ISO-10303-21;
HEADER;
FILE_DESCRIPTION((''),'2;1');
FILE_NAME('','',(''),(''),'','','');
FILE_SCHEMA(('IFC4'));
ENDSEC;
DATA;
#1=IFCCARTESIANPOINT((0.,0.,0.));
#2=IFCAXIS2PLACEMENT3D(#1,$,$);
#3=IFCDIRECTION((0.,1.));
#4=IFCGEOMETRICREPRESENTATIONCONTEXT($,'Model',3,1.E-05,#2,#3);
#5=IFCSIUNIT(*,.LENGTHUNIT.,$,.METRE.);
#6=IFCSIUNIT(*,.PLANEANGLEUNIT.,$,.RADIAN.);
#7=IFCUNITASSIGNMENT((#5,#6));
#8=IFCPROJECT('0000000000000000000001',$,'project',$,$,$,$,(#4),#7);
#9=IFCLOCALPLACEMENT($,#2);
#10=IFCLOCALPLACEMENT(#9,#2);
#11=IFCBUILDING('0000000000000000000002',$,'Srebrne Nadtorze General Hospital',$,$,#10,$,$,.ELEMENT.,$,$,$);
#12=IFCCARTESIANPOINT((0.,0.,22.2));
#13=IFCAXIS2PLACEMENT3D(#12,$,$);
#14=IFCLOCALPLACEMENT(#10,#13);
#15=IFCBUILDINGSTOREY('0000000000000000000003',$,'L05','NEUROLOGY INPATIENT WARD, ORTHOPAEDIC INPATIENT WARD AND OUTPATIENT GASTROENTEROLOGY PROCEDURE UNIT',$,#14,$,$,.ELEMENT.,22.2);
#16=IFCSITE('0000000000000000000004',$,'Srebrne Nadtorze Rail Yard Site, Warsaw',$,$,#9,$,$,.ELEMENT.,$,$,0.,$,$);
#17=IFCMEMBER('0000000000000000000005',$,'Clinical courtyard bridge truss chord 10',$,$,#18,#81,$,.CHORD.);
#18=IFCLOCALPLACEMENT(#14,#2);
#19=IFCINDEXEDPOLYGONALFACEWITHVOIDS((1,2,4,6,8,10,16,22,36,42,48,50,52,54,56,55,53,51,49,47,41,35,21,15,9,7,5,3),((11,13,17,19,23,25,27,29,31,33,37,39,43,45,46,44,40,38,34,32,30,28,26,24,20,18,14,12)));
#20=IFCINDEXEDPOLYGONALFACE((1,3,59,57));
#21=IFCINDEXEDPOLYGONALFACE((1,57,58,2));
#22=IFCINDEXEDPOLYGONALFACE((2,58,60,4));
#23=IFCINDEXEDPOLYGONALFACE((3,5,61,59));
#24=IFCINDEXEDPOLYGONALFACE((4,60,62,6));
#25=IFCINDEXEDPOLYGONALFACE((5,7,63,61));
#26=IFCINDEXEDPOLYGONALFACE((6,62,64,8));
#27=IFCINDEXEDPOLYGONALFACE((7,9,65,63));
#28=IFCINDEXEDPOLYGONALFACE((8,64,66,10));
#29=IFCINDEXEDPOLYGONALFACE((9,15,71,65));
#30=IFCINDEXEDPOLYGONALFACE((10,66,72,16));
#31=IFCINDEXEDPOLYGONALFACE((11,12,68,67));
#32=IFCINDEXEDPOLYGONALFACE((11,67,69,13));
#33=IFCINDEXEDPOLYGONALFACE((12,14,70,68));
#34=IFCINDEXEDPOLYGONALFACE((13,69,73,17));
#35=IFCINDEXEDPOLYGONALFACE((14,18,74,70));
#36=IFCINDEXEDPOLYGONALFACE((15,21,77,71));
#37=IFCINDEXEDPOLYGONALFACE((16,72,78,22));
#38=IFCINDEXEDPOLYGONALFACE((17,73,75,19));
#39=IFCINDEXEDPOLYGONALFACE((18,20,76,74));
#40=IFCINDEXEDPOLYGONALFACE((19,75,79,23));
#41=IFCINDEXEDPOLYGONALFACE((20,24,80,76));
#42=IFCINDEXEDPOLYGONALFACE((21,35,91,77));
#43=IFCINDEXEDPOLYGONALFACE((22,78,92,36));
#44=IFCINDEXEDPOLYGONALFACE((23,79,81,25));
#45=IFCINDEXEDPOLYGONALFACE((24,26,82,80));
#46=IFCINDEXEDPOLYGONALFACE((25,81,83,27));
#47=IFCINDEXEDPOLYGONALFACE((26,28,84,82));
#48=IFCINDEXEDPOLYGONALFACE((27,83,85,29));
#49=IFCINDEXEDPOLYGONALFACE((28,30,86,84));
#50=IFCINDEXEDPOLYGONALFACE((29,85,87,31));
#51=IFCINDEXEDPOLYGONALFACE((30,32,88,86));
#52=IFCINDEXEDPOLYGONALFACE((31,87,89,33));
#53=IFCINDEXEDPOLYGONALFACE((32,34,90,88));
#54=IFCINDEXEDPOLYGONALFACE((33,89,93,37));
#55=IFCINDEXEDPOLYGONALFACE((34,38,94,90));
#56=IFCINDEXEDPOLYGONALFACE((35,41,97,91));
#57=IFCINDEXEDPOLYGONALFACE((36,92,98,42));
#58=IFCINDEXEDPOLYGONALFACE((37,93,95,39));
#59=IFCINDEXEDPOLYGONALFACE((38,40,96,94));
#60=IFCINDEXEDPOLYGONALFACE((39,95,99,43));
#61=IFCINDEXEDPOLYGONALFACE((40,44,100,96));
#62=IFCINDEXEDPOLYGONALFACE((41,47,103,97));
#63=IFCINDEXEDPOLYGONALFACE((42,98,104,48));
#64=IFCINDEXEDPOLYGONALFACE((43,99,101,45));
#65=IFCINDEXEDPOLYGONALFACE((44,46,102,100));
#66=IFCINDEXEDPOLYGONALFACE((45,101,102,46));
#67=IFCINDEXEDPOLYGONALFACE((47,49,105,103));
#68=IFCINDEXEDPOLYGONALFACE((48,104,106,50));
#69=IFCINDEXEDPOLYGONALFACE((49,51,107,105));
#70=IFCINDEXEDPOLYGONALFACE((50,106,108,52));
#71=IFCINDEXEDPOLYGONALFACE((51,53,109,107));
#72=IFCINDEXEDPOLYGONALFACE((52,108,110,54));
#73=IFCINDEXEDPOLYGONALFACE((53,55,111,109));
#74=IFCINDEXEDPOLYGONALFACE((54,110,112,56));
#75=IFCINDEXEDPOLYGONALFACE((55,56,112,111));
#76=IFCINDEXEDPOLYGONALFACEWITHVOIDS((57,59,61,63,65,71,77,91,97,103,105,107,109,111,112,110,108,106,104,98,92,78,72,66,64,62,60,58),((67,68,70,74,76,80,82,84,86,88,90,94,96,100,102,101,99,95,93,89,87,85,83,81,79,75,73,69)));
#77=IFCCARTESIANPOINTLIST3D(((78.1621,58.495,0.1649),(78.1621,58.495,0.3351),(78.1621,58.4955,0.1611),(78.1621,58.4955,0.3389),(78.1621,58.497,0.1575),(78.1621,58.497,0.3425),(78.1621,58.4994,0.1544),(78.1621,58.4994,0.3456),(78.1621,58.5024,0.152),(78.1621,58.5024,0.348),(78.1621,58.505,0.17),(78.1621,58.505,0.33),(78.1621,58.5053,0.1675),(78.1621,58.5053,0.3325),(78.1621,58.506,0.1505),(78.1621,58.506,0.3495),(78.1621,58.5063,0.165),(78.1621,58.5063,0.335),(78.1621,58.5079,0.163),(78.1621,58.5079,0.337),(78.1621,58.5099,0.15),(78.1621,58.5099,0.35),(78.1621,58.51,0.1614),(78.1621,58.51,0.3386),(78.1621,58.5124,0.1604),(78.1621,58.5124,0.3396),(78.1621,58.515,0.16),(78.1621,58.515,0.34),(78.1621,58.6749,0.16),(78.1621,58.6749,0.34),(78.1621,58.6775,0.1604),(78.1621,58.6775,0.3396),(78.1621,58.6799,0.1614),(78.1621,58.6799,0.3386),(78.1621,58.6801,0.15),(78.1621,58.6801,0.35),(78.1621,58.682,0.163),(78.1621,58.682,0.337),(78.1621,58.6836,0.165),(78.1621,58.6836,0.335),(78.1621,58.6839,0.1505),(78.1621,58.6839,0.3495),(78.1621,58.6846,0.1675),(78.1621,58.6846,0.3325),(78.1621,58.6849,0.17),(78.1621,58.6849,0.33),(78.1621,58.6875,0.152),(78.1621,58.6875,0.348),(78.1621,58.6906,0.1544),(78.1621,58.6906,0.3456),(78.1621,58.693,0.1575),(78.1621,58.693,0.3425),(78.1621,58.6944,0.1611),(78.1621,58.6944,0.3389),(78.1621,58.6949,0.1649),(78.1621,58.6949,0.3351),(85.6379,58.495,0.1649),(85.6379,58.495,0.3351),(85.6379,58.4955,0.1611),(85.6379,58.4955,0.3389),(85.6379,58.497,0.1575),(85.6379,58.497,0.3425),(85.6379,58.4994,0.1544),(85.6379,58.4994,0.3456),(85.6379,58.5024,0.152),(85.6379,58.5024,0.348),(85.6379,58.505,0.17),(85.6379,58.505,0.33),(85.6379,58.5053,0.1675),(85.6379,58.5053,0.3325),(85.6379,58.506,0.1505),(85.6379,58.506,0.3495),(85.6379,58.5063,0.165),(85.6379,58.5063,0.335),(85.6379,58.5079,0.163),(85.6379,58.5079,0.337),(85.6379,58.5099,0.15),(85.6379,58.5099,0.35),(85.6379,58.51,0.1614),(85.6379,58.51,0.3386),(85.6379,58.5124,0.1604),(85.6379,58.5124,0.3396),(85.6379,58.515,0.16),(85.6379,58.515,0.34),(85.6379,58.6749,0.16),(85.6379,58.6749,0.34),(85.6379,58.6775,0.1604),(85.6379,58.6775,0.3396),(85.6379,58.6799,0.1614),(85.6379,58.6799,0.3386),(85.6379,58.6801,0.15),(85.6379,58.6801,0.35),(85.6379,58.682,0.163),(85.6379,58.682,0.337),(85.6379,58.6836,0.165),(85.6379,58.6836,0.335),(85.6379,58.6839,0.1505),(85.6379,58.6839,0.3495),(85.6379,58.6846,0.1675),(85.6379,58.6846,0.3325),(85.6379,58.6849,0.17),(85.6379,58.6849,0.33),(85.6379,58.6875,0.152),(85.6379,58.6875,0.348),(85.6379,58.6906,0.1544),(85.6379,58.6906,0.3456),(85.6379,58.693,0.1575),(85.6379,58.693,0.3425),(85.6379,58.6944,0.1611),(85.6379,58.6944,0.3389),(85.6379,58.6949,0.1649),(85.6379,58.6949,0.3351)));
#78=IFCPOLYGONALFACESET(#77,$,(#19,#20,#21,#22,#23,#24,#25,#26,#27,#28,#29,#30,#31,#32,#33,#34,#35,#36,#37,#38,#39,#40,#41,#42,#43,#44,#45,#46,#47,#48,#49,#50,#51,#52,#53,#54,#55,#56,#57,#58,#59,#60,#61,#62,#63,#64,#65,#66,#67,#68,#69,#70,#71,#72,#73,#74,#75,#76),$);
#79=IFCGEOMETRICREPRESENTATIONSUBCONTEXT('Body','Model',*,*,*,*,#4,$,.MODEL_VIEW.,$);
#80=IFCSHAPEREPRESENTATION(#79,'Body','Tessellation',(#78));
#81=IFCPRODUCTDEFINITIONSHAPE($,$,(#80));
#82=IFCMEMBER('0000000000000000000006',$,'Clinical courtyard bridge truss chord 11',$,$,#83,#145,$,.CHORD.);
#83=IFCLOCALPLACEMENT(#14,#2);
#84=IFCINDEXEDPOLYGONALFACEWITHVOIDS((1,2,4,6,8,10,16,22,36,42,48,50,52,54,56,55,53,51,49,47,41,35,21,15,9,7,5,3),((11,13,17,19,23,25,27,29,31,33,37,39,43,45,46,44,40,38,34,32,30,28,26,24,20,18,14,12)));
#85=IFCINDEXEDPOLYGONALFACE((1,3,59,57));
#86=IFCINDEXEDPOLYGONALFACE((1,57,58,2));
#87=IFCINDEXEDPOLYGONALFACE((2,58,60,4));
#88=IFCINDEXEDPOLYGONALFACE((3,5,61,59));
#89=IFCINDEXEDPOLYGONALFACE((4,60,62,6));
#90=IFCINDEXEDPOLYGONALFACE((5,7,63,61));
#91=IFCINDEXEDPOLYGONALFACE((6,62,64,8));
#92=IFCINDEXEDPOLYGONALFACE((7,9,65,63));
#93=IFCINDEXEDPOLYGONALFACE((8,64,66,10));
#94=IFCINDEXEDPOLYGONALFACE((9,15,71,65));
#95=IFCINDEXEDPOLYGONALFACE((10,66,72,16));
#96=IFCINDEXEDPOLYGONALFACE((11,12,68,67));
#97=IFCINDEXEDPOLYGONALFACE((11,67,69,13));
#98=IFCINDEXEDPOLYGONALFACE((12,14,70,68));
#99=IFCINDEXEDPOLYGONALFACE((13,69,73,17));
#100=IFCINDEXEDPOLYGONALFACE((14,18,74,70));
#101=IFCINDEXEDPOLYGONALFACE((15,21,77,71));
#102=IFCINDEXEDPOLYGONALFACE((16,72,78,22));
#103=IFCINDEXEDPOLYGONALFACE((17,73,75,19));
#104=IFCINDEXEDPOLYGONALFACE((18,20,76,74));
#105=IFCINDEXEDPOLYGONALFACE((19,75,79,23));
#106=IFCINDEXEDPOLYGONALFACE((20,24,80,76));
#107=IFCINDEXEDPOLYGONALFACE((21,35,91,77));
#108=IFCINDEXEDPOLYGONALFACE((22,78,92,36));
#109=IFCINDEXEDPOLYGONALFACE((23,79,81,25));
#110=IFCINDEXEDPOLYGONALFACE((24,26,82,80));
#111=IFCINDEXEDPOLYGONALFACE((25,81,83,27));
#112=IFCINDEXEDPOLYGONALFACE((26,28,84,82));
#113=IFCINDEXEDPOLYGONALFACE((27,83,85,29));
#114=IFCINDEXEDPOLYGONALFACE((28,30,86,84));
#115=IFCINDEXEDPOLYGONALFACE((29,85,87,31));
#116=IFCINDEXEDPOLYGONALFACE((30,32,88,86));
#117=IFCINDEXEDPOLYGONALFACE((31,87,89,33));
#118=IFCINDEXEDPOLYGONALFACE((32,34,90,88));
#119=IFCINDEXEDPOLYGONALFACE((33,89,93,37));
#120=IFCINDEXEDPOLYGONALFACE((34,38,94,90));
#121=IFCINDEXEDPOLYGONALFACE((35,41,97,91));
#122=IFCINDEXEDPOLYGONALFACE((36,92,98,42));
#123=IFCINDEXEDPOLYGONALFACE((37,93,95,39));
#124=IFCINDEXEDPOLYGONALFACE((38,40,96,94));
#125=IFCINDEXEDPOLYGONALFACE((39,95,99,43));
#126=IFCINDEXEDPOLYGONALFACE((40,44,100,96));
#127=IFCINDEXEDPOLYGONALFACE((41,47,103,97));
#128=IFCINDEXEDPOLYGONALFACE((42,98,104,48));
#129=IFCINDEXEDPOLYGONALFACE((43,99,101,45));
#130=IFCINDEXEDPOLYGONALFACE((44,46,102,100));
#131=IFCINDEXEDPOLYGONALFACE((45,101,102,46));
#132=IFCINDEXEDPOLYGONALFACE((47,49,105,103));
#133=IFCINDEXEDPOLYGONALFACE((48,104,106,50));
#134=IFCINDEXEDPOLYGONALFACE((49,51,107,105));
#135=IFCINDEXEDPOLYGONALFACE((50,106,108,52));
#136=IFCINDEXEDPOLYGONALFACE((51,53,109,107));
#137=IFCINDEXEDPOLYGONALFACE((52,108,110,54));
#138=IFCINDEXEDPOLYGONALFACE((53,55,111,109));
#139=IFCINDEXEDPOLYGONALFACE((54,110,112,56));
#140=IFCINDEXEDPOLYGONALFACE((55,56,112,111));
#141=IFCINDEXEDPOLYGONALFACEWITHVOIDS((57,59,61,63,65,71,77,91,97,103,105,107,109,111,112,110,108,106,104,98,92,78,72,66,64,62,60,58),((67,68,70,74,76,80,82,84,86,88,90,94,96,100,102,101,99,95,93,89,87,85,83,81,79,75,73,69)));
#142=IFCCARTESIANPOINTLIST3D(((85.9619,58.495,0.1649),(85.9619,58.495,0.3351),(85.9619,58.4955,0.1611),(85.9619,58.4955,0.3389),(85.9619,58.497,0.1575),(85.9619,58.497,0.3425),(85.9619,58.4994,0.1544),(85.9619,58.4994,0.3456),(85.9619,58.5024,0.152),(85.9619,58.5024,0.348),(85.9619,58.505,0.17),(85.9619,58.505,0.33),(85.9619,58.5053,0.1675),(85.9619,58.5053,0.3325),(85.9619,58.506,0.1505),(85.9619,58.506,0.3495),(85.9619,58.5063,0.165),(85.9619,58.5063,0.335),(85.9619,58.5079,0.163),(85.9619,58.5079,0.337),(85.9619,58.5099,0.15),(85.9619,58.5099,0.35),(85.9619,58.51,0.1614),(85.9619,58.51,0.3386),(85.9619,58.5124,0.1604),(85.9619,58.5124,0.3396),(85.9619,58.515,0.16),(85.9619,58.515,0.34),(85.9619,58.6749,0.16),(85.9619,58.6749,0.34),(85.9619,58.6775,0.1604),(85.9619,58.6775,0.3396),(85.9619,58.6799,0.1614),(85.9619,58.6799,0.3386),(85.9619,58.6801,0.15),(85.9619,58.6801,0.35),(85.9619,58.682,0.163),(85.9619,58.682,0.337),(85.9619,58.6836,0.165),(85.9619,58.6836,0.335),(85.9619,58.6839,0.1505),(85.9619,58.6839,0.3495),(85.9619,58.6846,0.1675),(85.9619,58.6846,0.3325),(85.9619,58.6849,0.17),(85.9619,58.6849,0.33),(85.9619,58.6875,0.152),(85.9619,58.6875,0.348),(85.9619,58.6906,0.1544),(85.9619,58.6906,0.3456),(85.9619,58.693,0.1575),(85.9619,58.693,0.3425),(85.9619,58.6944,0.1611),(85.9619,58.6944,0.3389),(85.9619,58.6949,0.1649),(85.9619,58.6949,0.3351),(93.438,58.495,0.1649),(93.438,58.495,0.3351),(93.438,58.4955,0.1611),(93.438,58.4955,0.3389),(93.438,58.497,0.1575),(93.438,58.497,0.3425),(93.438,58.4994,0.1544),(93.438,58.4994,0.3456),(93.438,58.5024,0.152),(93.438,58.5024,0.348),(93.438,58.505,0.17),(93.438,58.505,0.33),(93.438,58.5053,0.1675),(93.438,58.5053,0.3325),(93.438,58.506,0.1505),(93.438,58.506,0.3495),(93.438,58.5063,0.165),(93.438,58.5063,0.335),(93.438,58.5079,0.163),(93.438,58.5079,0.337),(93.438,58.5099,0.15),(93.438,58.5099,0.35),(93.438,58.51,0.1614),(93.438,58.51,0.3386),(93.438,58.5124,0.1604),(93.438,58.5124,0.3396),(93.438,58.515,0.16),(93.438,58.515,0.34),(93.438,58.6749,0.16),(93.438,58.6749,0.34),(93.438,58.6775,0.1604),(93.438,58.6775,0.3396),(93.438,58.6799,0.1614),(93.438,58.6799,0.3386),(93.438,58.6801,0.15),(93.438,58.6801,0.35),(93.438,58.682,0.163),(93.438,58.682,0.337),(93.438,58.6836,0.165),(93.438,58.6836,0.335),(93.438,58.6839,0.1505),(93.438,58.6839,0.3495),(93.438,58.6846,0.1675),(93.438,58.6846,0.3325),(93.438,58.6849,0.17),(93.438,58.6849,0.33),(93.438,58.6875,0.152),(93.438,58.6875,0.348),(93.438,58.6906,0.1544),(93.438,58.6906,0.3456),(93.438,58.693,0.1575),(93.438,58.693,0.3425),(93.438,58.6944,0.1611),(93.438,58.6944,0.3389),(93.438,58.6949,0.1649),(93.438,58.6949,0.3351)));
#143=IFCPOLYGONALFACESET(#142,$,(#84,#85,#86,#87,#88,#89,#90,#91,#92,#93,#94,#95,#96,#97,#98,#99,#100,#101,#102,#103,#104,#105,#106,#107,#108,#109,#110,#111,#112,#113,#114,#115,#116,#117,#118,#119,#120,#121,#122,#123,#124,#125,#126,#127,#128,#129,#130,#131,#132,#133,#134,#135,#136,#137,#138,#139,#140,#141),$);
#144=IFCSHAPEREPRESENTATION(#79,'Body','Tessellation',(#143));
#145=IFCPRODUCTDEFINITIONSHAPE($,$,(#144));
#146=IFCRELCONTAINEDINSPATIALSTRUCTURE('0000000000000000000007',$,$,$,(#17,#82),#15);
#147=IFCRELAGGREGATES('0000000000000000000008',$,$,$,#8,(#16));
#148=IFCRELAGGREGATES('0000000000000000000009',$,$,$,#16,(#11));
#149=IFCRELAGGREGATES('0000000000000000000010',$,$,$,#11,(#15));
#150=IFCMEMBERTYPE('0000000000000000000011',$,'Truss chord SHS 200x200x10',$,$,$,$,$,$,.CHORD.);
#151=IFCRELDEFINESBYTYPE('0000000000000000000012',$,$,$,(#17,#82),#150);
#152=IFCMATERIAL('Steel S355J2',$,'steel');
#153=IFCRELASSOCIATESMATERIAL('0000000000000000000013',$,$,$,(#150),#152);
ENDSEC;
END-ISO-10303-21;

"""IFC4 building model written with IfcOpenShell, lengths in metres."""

from ifc_helpers import new_model, si_unit, direction, frame, origin, origin_2d, place, context, subcontext, project, spatial, hollow_rectangle, extrude, material, material_profile, profile_set, type_object, element, save


model = new_model("IFC4")

# Units and contexts
model_context = context("Model", 3, precision=1e-05, world=origin(), true_north=direction((0.0, 1.0)))
body_context = subcontext(model_context, "Body", "Model", "MODEL_VIEW")
ifc_project = project(units=[si_unit("LENGTHUNIT", "METRE"), si_unit("PLANEANGLEUNIT", "RADIAN")], contexts=[model_context])

# Site, building, storey
site_placement = place(None, origin())
site = spatial("IfcSite", under=ifc_project, at=site_placement, Name="Srebrne Nadtorze Rail Yard Site, Warsaw", CompositionType="ELEMENT", RefElevation=0.0)
building_placement = place(site_placement, origin())
building = spatial("IfcBuilding", under=site, at=building_placement, Name="Srebrne Nadtorze General Hospital", CompositionType="ELEMENT")
storey_placement = place(building_placement, frame((0.0, 0.0, 22.2)))
storey = spatial("IfcBuildingStorey", under=building, at=storey_placement, Name="L05", Description="NEUROLOGY INPATIENT WARD, ORTHOPAEDIC INPATIENT WARD AND OUTPATIENT GASTROENTEROLOGY PROCEDURE UNIT", CompositionType="ELEMENT", Elevation=22.2)

# Members
ifc_material_1 = material(Name="Steel S355J2", Category="steel")
ifc_material_profile_1 = material_profile(ifc_material_1, hollow_rectangle(XDim=0.2, YDim=0.2, WallThickness=0.01, InnerFilletRadius=0.01, OuterFilletRadius=0.0149, at=origin_2d()), Name="SHS-200x200x10")
ifc_profile_set_1 = profile_set([ifc_material_profile_1], Name="Steel S355J2")
member_type_1 = type_object("IfcMemberType", Name="Truss chord SHS 200x200x10", PredefinedType="CHORD", material=ifc_profile_set_1)
member_1_placement = place(storey_placement, frame((78.1621, 58.595, 0.25), z_axis=(1.0, 0.0, 0.0), x_axis=(0.0, 1.0, 0.0)))
element("IfcMember", 1, at=member_1_placement, inside=storey, type_object=member_type_1, Name="Clinical courtyard bridge truss chord 10", PredefinedType="CHORD", context=body_context, shape_type="SweptSolid", body=[
    extrude(hollow_rectangle(XDim=0.2, YDim=0.2, WallThickness=0.01, InnerFilletRadius=0.01, OuterFilletRadius=0.0149, at=origin_2d()), origin(), (0.0, 0.0, 1.0), 7.4758),
])
member_2_placement = place(storey_placement, frame((85.9619, 58.595, 0.25), z_axis=(1.0, 0.0, 0.0), x_axis=(0.0, 1.0, 0.0)))
element("IfcMember", 2, at=member_2_placement, inside=storey, type_object=member_type_1, Name="Clinical courtyard bridge truss chord 11", PredefinedType="CHORD", context=body_context, shape_type="SweptSolid", body=[
    extrude(hollow_rectangle(XDim=0.2, YDim=0.2, WallThickness=0.01, InnerFilletRadius=0.01, OuterFilletRadius=0.0149, at=origin_2d()), origin(), (0.0, 0.0, 1.0), 7.4761),
])

save(model, "model.ifc")
